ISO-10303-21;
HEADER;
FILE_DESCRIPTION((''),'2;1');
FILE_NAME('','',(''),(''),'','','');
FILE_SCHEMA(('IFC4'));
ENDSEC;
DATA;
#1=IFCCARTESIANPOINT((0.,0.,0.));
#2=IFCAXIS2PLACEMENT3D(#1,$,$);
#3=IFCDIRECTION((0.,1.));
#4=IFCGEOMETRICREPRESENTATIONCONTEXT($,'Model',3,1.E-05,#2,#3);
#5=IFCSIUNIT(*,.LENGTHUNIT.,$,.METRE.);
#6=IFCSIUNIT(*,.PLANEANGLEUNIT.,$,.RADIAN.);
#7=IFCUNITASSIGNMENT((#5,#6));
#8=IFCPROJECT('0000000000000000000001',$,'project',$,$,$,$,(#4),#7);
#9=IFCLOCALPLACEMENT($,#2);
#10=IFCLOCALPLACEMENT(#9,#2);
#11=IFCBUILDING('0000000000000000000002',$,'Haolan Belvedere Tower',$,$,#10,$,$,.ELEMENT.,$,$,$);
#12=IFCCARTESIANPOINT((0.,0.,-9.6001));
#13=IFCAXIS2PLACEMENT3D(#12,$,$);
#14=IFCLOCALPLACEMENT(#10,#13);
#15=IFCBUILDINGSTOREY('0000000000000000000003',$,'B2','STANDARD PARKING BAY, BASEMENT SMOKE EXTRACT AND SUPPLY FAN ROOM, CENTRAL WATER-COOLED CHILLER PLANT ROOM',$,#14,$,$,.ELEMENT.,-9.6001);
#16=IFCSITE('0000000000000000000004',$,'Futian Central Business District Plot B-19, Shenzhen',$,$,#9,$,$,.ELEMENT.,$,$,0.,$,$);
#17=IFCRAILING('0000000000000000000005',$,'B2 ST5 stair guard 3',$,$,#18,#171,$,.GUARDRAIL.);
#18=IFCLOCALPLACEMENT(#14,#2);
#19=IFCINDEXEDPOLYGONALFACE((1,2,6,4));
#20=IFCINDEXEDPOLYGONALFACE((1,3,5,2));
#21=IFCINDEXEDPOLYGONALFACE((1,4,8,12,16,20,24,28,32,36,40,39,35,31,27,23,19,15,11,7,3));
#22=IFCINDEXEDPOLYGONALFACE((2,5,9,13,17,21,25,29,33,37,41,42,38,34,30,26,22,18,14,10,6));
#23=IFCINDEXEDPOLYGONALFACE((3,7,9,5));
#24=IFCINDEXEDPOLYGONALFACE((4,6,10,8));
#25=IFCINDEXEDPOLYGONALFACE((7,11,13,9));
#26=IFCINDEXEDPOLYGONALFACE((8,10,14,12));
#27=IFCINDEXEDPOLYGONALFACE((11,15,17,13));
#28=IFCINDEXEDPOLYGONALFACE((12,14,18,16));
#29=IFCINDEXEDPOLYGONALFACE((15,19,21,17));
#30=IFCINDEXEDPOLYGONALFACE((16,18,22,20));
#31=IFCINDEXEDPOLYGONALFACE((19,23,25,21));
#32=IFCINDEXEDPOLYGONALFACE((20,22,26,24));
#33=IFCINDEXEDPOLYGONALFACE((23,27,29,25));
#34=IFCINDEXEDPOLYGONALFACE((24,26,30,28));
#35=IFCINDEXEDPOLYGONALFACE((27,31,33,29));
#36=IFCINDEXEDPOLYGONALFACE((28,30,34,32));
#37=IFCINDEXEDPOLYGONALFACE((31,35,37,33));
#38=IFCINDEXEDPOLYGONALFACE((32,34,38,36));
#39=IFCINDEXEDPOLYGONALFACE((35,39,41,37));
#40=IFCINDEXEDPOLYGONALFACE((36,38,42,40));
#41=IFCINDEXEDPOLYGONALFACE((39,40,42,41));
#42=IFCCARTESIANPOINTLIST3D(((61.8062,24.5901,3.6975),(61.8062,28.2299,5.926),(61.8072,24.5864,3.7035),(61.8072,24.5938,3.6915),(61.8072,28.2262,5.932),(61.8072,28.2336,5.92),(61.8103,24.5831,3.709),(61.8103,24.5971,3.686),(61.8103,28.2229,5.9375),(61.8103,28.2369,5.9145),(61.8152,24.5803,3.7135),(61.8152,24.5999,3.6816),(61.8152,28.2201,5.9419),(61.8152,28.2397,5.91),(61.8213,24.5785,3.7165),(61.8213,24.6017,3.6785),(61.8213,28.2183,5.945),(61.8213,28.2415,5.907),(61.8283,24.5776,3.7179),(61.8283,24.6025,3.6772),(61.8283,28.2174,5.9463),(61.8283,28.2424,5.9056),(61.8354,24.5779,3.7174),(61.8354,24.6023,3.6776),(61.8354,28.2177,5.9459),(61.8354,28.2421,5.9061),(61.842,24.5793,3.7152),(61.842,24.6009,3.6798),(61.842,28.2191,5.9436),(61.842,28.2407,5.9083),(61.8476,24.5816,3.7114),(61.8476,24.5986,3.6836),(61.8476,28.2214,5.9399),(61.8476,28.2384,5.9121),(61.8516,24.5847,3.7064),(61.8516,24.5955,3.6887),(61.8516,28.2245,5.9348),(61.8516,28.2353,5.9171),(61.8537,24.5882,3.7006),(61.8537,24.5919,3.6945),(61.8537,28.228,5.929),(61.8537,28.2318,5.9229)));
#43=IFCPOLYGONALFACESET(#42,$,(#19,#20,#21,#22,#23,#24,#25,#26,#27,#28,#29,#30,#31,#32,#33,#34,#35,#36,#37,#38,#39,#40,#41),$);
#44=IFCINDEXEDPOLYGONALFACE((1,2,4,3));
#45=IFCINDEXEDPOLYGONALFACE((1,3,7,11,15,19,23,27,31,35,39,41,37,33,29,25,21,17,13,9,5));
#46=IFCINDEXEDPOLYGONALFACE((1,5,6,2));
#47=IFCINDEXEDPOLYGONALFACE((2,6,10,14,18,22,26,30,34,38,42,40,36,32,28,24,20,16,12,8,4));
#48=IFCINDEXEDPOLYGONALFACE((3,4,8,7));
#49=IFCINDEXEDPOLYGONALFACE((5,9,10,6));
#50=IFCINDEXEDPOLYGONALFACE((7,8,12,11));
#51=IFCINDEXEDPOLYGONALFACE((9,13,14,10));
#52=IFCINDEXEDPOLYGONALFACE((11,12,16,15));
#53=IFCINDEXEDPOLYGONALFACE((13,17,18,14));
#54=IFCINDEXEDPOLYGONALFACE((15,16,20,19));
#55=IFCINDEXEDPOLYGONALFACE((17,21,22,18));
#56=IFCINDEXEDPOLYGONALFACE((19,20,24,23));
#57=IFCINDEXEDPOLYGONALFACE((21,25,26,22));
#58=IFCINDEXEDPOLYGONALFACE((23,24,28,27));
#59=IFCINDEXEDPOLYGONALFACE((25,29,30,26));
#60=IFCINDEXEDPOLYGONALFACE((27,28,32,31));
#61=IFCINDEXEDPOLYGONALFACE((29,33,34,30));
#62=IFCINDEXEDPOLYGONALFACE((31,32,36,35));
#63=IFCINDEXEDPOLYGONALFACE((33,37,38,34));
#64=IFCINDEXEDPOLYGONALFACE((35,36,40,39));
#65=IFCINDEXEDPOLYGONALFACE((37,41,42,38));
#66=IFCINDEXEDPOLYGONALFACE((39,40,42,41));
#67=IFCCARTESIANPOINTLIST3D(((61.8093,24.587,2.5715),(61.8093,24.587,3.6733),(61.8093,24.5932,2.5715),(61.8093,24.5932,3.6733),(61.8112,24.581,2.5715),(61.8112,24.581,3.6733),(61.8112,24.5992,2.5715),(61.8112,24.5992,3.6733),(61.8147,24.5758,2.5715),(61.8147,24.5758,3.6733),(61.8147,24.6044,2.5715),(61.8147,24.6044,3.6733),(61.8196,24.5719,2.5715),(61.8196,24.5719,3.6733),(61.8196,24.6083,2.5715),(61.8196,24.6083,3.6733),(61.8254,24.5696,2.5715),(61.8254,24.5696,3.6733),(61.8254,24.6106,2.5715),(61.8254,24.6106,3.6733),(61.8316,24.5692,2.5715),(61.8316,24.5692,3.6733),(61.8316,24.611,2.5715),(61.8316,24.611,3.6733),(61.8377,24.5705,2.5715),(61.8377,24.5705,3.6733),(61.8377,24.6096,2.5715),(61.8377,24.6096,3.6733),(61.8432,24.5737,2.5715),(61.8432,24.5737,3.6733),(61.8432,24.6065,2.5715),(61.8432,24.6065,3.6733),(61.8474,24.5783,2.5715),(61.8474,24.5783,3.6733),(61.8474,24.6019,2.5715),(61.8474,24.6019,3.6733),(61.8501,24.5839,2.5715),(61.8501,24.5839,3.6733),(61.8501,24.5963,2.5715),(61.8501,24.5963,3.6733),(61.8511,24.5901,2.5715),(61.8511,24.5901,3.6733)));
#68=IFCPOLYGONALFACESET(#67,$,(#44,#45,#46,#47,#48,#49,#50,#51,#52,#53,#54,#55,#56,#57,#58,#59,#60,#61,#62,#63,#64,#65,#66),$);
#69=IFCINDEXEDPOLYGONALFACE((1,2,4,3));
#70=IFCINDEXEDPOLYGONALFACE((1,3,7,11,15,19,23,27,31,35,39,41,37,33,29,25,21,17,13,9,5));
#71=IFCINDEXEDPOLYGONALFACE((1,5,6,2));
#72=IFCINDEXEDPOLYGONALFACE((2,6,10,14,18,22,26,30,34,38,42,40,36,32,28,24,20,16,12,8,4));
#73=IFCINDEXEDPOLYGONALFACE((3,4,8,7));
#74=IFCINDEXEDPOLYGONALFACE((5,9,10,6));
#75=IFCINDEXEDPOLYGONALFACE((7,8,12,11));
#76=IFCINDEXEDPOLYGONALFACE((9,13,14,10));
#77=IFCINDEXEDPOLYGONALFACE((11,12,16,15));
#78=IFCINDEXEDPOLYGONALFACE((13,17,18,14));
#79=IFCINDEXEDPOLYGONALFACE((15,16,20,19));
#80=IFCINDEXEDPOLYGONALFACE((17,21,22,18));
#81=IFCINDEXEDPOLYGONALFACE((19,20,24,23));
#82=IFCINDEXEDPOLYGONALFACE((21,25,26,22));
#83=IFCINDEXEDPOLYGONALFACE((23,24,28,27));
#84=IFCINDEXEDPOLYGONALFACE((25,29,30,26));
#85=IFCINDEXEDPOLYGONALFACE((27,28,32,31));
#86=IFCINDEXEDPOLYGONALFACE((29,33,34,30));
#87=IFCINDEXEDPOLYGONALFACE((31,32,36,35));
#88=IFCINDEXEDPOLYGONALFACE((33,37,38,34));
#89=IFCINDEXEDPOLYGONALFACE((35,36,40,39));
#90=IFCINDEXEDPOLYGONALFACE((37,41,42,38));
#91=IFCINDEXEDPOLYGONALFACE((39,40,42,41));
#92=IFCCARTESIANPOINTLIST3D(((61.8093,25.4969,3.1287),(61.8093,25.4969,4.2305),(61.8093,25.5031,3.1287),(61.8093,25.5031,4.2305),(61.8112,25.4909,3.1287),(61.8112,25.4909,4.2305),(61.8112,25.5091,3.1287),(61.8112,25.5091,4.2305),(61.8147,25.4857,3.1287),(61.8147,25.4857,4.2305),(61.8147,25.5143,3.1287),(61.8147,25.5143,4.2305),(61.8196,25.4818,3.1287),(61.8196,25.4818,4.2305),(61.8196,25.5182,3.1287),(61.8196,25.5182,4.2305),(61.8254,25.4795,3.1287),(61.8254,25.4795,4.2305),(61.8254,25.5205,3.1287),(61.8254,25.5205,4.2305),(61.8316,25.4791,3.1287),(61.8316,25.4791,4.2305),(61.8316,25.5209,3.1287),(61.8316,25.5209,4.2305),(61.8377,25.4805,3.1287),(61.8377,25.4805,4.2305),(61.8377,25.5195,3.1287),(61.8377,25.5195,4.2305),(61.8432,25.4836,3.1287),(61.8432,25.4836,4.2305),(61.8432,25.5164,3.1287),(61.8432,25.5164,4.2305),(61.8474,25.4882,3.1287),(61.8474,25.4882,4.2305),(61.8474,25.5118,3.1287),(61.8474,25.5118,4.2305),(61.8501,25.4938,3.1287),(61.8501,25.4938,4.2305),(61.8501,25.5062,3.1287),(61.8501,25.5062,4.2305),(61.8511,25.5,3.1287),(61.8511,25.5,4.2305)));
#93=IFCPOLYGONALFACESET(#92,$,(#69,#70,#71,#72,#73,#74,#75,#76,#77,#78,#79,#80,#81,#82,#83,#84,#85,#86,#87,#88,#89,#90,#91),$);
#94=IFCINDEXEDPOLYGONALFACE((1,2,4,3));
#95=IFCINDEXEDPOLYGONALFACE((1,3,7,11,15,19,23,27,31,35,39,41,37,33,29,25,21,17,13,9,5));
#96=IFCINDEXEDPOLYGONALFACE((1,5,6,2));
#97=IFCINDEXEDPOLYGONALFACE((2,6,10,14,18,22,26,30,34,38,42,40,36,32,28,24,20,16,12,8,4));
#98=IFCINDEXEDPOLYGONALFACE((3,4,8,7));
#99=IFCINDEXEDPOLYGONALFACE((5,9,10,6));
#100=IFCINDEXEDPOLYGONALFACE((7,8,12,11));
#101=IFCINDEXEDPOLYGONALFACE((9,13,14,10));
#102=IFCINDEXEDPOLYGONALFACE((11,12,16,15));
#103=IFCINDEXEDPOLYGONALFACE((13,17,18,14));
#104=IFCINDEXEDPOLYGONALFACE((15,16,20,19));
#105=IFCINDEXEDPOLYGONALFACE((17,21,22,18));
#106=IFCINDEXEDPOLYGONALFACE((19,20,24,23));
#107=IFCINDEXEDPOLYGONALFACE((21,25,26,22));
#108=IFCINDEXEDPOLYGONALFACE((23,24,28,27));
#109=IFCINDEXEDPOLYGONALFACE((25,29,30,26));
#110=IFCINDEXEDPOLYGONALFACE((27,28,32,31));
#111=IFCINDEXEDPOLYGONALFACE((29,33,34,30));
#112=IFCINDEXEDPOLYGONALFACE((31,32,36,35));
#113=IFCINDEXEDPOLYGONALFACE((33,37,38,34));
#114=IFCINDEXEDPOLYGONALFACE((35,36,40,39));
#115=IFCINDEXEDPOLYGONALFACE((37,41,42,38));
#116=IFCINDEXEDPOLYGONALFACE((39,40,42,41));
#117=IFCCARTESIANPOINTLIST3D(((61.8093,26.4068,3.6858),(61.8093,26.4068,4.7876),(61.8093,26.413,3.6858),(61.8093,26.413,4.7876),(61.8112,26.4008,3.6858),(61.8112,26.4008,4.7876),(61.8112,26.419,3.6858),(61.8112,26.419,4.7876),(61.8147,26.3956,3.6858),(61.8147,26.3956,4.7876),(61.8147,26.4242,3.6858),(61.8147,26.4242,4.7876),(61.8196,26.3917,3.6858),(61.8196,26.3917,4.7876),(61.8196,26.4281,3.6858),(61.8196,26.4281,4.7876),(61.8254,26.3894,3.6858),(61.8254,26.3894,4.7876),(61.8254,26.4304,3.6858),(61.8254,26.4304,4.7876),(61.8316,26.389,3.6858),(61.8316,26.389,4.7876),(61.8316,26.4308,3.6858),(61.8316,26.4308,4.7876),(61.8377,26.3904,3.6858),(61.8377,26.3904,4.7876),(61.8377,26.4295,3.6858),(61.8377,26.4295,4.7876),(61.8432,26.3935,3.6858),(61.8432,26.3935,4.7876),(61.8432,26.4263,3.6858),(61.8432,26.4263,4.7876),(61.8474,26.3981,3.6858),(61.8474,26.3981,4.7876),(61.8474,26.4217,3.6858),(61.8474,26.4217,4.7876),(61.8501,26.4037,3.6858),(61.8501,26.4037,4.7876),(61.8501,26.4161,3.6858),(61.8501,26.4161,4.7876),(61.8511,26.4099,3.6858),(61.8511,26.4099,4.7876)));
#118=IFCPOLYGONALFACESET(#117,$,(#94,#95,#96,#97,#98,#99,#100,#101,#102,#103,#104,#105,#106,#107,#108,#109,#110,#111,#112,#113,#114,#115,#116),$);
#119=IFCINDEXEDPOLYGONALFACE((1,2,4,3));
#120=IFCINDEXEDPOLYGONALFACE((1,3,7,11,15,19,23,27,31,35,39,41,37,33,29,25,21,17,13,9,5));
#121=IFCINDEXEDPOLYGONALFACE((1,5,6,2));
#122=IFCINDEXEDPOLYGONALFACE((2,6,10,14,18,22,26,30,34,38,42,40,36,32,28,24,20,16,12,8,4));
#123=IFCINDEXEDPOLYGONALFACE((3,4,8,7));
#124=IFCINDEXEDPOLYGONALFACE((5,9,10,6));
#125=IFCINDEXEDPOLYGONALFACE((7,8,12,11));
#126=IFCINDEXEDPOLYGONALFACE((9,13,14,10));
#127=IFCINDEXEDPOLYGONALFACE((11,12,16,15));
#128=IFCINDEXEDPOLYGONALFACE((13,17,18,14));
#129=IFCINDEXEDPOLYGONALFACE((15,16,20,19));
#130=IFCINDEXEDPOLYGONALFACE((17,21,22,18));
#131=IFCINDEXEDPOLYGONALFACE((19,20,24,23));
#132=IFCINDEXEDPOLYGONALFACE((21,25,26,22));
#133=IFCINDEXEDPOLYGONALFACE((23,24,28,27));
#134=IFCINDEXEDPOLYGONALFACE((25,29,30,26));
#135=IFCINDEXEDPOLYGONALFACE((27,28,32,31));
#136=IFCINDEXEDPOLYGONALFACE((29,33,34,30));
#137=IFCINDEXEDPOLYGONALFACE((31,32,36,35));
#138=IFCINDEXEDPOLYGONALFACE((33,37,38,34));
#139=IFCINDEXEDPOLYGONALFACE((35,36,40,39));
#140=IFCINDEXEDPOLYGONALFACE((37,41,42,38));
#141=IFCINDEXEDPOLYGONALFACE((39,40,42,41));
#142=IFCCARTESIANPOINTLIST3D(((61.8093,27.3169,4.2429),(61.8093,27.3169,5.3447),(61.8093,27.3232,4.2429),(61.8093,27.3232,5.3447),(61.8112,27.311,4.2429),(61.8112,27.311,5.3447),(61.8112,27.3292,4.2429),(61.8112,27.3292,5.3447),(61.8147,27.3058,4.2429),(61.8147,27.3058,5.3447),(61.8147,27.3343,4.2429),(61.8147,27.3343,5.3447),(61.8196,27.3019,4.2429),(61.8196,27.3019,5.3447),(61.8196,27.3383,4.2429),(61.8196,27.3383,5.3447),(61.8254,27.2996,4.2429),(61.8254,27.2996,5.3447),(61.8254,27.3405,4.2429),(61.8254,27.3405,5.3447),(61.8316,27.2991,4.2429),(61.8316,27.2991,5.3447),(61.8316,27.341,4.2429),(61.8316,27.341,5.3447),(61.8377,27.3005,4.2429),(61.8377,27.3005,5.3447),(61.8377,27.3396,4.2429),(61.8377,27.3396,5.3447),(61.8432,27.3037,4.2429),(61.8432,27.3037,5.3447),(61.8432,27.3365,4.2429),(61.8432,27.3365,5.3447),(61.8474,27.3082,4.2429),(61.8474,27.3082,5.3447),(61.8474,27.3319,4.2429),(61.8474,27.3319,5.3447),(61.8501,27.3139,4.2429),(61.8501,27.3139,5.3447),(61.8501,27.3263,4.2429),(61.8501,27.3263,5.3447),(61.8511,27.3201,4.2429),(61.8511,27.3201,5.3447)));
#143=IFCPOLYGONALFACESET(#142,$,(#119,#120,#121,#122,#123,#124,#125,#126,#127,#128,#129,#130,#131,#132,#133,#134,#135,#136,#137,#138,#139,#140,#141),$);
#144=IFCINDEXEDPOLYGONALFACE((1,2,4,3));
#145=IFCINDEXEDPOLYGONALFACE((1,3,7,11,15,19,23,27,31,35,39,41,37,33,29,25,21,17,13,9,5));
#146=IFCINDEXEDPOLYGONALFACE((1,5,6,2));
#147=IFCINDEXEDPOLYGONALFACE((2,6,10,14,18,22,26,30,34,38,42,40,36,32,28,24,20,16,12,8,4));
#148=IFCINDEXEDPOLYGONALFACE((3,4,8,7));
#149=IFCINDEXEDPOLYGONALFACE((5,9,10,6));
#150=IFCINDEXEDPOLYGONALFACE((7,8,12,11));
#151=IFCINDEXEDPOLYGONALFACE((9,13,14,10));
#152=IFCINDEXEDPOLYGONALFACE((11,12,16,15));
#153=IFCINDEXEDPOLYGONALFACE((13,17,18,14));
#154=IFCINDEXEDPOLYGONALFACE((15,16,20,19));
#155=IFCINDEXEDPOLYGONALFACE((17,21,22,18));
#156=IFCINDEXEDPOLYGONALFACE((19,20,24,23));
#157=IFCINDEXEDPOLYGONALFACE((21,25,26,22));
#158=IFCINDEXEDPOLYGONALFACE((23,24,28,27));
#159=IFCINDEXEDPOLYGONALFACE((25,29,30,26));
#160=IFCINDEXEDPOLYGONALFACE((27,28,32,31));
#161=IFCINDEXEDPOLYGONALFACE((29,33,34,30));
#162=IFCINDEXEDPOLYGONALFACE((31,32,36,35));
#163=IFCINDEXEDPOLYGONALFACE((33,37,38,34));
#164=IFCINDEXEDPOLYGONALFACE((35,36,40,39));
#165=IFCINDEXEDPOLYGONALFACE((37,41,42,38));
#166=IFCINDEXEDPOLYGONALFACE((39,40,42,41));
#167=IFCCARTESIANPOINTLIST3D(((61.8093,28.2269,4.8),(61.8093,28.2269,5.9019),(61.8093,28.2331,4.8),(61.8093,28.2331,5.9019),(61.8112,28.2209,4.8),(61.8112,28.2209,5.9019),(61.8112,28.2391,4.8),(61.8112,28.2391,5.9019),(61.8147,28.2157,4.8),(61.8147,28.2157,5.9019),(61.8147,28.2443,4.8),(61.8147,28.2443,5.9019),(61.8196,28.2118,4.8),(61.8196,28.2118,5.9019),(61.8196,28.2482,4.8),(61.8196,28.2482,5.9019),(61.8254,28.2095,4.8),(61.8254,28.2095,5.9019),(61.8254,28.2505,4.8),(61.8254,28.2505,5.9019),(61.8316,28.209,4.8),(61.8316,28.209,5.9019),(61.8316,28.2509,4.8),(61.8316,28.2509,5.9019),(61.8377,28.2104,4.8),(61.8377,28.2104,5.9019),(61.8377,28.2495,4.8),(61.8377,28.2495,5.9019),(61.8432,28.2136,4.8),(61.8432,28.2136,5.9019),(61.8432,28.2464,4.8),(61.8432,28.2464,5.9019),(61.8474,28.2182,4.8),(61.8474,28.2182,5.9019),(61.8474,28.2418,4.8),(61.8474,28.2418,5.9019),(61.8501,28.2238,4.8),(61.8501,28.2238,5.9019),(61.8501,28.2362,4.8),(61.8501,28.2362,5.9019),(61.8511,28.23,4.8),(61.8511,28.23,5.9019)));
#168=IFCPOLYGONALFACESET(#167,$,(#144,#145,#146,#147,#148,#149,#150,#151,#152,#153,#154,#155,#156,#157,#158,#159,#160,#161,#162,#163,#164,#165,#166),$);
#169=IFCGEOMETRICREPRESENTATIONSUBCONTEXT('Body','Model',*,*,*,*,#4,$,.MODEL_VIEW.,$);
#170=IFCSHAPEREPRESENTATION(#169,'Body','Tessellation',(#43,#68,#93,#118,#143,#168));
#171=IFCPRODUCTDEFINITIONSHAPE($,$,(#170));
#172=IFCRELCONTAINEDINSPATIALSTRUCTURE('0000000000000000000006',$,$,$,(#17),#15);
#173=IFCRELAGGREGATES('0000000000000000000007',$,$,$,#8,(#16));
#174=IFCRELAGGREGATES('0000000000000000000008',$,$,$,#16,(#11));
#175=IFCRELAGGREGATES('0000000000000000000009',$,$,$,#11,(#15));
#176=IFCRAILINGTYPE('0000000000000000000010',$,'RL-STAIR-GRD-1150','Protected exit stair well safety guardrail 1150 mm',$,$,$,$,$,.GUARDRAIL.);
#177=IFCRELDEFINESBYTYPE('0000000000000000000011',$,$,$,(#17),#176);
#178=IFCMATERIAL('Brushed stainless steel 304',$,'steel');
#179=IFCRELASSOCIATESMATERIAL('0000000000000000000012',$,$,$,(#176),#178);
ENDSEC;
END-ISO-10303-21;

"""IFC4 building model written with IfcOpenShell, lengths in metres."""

from ifc_helpers import new_model, si_unit, direction, frame, origin, origin_2d, place, context, subcontext, project, spatial, circle, extrude, material, type_object, element, save


model = new_model("IFC4")

# Units and contexts
model_context = context("Model", 3, precision=1e-05, world=origin(), true_north=direction((0.0, 1.0)))
body_context = subcontext(model_context, "Body", "Model", "MODEL_VIEW")
ifc_project = project(units=[si_unit("LENGTHUNIT", "METRE"), si_unit("PLANEANGLEUNIT", "RADIAN")], contexts=[model_context])

# Site, building, storey
site_placement = place(None, origin())
site = spatial("IfcSite", under=ifc_project, at=site_placement, Name="Futian Central Business District Plot B-19, Shenzhen", CompositionType="ELEMENT", RefElevation=0.0)
building_placement = place(site_placement, origin())
building = spatial("IfcBuilding", under=site, at=building_placement, Name="Haolan Belvedere Tower", CompositionType="ELEMENT")
storey_placement = place(building_placement, frame((0.0, 0.0, -9.6001)))
storey = spatial("IfcBuildingStorey", under=building, at=storey_placement, Name="B2", Description="STANDARD PARKING BAY, BASEMENT SMOKE EXTRACT AND SUPPLY FAN ROOM, CENTRAL WATER-COOLED CHILLER PLANT ROOM", CompositionType="ELEMENT", Elevation=-9.6001)

# Railing
ifc_material_1 = material(Name="Brushed stainless steel 304", Category="steel")
railing_type_1 = type_object("IfcRailingType", Name="RL-STAIR-GRD-1150", Description="Protected exit stair well safety guardrail 1150 mm", PredefinedType="GUARDRAIL", material=ifc_material_1)
railing_1_placement = place(storey_placement, frame((61.8301, 24.5901, 2.5715)))
element("IfcRailing", 1, at=railing_1_placement, inside=storey, type_object=railing_type_1, Name="B2 ST5 stair guard 3", PredefinedType="GUARDRAIL", context=body_context, shape_type="SweptSolid", body=[
    extrude(circle(Radius=0.0239, at=origin_2d()), frame((0.0, 0.0, 1.126), z_axis=(0.0, 0.85285, 0.522156), x_axis=(-1.0, 0.0, 0.0)), (0.0, 0.0, 1.0), 4.2678),
    extrude(circle(Radius=0.021, at=origin_2d()), origin(), (0.0, 0.0, 1.0), 1.1018),
    extrude(circle(Radius=0.021, at=origin_2d()), frame((0.0, 0.9099, 0.5571)), (0.0, 0.0, 1.0), 1.1018),
    extrude(circle(Radius=0.021, at=origin_2d()), frame((0.0, 1.8198, 1.1143)), (0.0, 0.0, 1.0), 1.1018),
    extrude(circle(Radius=0.021, at=origin_2d()), frame((0.0, 2.73, 1.6714)), (0.0, 0.0, 1.0), 1.1018),
    extrude(circle(Radius=0.021, at=origin_2d()), frame((0.0, 3.6399, 2.2285)), (0.0, 0.0, 1.0), 1.1018),
])

save(model, "model.ifc")
